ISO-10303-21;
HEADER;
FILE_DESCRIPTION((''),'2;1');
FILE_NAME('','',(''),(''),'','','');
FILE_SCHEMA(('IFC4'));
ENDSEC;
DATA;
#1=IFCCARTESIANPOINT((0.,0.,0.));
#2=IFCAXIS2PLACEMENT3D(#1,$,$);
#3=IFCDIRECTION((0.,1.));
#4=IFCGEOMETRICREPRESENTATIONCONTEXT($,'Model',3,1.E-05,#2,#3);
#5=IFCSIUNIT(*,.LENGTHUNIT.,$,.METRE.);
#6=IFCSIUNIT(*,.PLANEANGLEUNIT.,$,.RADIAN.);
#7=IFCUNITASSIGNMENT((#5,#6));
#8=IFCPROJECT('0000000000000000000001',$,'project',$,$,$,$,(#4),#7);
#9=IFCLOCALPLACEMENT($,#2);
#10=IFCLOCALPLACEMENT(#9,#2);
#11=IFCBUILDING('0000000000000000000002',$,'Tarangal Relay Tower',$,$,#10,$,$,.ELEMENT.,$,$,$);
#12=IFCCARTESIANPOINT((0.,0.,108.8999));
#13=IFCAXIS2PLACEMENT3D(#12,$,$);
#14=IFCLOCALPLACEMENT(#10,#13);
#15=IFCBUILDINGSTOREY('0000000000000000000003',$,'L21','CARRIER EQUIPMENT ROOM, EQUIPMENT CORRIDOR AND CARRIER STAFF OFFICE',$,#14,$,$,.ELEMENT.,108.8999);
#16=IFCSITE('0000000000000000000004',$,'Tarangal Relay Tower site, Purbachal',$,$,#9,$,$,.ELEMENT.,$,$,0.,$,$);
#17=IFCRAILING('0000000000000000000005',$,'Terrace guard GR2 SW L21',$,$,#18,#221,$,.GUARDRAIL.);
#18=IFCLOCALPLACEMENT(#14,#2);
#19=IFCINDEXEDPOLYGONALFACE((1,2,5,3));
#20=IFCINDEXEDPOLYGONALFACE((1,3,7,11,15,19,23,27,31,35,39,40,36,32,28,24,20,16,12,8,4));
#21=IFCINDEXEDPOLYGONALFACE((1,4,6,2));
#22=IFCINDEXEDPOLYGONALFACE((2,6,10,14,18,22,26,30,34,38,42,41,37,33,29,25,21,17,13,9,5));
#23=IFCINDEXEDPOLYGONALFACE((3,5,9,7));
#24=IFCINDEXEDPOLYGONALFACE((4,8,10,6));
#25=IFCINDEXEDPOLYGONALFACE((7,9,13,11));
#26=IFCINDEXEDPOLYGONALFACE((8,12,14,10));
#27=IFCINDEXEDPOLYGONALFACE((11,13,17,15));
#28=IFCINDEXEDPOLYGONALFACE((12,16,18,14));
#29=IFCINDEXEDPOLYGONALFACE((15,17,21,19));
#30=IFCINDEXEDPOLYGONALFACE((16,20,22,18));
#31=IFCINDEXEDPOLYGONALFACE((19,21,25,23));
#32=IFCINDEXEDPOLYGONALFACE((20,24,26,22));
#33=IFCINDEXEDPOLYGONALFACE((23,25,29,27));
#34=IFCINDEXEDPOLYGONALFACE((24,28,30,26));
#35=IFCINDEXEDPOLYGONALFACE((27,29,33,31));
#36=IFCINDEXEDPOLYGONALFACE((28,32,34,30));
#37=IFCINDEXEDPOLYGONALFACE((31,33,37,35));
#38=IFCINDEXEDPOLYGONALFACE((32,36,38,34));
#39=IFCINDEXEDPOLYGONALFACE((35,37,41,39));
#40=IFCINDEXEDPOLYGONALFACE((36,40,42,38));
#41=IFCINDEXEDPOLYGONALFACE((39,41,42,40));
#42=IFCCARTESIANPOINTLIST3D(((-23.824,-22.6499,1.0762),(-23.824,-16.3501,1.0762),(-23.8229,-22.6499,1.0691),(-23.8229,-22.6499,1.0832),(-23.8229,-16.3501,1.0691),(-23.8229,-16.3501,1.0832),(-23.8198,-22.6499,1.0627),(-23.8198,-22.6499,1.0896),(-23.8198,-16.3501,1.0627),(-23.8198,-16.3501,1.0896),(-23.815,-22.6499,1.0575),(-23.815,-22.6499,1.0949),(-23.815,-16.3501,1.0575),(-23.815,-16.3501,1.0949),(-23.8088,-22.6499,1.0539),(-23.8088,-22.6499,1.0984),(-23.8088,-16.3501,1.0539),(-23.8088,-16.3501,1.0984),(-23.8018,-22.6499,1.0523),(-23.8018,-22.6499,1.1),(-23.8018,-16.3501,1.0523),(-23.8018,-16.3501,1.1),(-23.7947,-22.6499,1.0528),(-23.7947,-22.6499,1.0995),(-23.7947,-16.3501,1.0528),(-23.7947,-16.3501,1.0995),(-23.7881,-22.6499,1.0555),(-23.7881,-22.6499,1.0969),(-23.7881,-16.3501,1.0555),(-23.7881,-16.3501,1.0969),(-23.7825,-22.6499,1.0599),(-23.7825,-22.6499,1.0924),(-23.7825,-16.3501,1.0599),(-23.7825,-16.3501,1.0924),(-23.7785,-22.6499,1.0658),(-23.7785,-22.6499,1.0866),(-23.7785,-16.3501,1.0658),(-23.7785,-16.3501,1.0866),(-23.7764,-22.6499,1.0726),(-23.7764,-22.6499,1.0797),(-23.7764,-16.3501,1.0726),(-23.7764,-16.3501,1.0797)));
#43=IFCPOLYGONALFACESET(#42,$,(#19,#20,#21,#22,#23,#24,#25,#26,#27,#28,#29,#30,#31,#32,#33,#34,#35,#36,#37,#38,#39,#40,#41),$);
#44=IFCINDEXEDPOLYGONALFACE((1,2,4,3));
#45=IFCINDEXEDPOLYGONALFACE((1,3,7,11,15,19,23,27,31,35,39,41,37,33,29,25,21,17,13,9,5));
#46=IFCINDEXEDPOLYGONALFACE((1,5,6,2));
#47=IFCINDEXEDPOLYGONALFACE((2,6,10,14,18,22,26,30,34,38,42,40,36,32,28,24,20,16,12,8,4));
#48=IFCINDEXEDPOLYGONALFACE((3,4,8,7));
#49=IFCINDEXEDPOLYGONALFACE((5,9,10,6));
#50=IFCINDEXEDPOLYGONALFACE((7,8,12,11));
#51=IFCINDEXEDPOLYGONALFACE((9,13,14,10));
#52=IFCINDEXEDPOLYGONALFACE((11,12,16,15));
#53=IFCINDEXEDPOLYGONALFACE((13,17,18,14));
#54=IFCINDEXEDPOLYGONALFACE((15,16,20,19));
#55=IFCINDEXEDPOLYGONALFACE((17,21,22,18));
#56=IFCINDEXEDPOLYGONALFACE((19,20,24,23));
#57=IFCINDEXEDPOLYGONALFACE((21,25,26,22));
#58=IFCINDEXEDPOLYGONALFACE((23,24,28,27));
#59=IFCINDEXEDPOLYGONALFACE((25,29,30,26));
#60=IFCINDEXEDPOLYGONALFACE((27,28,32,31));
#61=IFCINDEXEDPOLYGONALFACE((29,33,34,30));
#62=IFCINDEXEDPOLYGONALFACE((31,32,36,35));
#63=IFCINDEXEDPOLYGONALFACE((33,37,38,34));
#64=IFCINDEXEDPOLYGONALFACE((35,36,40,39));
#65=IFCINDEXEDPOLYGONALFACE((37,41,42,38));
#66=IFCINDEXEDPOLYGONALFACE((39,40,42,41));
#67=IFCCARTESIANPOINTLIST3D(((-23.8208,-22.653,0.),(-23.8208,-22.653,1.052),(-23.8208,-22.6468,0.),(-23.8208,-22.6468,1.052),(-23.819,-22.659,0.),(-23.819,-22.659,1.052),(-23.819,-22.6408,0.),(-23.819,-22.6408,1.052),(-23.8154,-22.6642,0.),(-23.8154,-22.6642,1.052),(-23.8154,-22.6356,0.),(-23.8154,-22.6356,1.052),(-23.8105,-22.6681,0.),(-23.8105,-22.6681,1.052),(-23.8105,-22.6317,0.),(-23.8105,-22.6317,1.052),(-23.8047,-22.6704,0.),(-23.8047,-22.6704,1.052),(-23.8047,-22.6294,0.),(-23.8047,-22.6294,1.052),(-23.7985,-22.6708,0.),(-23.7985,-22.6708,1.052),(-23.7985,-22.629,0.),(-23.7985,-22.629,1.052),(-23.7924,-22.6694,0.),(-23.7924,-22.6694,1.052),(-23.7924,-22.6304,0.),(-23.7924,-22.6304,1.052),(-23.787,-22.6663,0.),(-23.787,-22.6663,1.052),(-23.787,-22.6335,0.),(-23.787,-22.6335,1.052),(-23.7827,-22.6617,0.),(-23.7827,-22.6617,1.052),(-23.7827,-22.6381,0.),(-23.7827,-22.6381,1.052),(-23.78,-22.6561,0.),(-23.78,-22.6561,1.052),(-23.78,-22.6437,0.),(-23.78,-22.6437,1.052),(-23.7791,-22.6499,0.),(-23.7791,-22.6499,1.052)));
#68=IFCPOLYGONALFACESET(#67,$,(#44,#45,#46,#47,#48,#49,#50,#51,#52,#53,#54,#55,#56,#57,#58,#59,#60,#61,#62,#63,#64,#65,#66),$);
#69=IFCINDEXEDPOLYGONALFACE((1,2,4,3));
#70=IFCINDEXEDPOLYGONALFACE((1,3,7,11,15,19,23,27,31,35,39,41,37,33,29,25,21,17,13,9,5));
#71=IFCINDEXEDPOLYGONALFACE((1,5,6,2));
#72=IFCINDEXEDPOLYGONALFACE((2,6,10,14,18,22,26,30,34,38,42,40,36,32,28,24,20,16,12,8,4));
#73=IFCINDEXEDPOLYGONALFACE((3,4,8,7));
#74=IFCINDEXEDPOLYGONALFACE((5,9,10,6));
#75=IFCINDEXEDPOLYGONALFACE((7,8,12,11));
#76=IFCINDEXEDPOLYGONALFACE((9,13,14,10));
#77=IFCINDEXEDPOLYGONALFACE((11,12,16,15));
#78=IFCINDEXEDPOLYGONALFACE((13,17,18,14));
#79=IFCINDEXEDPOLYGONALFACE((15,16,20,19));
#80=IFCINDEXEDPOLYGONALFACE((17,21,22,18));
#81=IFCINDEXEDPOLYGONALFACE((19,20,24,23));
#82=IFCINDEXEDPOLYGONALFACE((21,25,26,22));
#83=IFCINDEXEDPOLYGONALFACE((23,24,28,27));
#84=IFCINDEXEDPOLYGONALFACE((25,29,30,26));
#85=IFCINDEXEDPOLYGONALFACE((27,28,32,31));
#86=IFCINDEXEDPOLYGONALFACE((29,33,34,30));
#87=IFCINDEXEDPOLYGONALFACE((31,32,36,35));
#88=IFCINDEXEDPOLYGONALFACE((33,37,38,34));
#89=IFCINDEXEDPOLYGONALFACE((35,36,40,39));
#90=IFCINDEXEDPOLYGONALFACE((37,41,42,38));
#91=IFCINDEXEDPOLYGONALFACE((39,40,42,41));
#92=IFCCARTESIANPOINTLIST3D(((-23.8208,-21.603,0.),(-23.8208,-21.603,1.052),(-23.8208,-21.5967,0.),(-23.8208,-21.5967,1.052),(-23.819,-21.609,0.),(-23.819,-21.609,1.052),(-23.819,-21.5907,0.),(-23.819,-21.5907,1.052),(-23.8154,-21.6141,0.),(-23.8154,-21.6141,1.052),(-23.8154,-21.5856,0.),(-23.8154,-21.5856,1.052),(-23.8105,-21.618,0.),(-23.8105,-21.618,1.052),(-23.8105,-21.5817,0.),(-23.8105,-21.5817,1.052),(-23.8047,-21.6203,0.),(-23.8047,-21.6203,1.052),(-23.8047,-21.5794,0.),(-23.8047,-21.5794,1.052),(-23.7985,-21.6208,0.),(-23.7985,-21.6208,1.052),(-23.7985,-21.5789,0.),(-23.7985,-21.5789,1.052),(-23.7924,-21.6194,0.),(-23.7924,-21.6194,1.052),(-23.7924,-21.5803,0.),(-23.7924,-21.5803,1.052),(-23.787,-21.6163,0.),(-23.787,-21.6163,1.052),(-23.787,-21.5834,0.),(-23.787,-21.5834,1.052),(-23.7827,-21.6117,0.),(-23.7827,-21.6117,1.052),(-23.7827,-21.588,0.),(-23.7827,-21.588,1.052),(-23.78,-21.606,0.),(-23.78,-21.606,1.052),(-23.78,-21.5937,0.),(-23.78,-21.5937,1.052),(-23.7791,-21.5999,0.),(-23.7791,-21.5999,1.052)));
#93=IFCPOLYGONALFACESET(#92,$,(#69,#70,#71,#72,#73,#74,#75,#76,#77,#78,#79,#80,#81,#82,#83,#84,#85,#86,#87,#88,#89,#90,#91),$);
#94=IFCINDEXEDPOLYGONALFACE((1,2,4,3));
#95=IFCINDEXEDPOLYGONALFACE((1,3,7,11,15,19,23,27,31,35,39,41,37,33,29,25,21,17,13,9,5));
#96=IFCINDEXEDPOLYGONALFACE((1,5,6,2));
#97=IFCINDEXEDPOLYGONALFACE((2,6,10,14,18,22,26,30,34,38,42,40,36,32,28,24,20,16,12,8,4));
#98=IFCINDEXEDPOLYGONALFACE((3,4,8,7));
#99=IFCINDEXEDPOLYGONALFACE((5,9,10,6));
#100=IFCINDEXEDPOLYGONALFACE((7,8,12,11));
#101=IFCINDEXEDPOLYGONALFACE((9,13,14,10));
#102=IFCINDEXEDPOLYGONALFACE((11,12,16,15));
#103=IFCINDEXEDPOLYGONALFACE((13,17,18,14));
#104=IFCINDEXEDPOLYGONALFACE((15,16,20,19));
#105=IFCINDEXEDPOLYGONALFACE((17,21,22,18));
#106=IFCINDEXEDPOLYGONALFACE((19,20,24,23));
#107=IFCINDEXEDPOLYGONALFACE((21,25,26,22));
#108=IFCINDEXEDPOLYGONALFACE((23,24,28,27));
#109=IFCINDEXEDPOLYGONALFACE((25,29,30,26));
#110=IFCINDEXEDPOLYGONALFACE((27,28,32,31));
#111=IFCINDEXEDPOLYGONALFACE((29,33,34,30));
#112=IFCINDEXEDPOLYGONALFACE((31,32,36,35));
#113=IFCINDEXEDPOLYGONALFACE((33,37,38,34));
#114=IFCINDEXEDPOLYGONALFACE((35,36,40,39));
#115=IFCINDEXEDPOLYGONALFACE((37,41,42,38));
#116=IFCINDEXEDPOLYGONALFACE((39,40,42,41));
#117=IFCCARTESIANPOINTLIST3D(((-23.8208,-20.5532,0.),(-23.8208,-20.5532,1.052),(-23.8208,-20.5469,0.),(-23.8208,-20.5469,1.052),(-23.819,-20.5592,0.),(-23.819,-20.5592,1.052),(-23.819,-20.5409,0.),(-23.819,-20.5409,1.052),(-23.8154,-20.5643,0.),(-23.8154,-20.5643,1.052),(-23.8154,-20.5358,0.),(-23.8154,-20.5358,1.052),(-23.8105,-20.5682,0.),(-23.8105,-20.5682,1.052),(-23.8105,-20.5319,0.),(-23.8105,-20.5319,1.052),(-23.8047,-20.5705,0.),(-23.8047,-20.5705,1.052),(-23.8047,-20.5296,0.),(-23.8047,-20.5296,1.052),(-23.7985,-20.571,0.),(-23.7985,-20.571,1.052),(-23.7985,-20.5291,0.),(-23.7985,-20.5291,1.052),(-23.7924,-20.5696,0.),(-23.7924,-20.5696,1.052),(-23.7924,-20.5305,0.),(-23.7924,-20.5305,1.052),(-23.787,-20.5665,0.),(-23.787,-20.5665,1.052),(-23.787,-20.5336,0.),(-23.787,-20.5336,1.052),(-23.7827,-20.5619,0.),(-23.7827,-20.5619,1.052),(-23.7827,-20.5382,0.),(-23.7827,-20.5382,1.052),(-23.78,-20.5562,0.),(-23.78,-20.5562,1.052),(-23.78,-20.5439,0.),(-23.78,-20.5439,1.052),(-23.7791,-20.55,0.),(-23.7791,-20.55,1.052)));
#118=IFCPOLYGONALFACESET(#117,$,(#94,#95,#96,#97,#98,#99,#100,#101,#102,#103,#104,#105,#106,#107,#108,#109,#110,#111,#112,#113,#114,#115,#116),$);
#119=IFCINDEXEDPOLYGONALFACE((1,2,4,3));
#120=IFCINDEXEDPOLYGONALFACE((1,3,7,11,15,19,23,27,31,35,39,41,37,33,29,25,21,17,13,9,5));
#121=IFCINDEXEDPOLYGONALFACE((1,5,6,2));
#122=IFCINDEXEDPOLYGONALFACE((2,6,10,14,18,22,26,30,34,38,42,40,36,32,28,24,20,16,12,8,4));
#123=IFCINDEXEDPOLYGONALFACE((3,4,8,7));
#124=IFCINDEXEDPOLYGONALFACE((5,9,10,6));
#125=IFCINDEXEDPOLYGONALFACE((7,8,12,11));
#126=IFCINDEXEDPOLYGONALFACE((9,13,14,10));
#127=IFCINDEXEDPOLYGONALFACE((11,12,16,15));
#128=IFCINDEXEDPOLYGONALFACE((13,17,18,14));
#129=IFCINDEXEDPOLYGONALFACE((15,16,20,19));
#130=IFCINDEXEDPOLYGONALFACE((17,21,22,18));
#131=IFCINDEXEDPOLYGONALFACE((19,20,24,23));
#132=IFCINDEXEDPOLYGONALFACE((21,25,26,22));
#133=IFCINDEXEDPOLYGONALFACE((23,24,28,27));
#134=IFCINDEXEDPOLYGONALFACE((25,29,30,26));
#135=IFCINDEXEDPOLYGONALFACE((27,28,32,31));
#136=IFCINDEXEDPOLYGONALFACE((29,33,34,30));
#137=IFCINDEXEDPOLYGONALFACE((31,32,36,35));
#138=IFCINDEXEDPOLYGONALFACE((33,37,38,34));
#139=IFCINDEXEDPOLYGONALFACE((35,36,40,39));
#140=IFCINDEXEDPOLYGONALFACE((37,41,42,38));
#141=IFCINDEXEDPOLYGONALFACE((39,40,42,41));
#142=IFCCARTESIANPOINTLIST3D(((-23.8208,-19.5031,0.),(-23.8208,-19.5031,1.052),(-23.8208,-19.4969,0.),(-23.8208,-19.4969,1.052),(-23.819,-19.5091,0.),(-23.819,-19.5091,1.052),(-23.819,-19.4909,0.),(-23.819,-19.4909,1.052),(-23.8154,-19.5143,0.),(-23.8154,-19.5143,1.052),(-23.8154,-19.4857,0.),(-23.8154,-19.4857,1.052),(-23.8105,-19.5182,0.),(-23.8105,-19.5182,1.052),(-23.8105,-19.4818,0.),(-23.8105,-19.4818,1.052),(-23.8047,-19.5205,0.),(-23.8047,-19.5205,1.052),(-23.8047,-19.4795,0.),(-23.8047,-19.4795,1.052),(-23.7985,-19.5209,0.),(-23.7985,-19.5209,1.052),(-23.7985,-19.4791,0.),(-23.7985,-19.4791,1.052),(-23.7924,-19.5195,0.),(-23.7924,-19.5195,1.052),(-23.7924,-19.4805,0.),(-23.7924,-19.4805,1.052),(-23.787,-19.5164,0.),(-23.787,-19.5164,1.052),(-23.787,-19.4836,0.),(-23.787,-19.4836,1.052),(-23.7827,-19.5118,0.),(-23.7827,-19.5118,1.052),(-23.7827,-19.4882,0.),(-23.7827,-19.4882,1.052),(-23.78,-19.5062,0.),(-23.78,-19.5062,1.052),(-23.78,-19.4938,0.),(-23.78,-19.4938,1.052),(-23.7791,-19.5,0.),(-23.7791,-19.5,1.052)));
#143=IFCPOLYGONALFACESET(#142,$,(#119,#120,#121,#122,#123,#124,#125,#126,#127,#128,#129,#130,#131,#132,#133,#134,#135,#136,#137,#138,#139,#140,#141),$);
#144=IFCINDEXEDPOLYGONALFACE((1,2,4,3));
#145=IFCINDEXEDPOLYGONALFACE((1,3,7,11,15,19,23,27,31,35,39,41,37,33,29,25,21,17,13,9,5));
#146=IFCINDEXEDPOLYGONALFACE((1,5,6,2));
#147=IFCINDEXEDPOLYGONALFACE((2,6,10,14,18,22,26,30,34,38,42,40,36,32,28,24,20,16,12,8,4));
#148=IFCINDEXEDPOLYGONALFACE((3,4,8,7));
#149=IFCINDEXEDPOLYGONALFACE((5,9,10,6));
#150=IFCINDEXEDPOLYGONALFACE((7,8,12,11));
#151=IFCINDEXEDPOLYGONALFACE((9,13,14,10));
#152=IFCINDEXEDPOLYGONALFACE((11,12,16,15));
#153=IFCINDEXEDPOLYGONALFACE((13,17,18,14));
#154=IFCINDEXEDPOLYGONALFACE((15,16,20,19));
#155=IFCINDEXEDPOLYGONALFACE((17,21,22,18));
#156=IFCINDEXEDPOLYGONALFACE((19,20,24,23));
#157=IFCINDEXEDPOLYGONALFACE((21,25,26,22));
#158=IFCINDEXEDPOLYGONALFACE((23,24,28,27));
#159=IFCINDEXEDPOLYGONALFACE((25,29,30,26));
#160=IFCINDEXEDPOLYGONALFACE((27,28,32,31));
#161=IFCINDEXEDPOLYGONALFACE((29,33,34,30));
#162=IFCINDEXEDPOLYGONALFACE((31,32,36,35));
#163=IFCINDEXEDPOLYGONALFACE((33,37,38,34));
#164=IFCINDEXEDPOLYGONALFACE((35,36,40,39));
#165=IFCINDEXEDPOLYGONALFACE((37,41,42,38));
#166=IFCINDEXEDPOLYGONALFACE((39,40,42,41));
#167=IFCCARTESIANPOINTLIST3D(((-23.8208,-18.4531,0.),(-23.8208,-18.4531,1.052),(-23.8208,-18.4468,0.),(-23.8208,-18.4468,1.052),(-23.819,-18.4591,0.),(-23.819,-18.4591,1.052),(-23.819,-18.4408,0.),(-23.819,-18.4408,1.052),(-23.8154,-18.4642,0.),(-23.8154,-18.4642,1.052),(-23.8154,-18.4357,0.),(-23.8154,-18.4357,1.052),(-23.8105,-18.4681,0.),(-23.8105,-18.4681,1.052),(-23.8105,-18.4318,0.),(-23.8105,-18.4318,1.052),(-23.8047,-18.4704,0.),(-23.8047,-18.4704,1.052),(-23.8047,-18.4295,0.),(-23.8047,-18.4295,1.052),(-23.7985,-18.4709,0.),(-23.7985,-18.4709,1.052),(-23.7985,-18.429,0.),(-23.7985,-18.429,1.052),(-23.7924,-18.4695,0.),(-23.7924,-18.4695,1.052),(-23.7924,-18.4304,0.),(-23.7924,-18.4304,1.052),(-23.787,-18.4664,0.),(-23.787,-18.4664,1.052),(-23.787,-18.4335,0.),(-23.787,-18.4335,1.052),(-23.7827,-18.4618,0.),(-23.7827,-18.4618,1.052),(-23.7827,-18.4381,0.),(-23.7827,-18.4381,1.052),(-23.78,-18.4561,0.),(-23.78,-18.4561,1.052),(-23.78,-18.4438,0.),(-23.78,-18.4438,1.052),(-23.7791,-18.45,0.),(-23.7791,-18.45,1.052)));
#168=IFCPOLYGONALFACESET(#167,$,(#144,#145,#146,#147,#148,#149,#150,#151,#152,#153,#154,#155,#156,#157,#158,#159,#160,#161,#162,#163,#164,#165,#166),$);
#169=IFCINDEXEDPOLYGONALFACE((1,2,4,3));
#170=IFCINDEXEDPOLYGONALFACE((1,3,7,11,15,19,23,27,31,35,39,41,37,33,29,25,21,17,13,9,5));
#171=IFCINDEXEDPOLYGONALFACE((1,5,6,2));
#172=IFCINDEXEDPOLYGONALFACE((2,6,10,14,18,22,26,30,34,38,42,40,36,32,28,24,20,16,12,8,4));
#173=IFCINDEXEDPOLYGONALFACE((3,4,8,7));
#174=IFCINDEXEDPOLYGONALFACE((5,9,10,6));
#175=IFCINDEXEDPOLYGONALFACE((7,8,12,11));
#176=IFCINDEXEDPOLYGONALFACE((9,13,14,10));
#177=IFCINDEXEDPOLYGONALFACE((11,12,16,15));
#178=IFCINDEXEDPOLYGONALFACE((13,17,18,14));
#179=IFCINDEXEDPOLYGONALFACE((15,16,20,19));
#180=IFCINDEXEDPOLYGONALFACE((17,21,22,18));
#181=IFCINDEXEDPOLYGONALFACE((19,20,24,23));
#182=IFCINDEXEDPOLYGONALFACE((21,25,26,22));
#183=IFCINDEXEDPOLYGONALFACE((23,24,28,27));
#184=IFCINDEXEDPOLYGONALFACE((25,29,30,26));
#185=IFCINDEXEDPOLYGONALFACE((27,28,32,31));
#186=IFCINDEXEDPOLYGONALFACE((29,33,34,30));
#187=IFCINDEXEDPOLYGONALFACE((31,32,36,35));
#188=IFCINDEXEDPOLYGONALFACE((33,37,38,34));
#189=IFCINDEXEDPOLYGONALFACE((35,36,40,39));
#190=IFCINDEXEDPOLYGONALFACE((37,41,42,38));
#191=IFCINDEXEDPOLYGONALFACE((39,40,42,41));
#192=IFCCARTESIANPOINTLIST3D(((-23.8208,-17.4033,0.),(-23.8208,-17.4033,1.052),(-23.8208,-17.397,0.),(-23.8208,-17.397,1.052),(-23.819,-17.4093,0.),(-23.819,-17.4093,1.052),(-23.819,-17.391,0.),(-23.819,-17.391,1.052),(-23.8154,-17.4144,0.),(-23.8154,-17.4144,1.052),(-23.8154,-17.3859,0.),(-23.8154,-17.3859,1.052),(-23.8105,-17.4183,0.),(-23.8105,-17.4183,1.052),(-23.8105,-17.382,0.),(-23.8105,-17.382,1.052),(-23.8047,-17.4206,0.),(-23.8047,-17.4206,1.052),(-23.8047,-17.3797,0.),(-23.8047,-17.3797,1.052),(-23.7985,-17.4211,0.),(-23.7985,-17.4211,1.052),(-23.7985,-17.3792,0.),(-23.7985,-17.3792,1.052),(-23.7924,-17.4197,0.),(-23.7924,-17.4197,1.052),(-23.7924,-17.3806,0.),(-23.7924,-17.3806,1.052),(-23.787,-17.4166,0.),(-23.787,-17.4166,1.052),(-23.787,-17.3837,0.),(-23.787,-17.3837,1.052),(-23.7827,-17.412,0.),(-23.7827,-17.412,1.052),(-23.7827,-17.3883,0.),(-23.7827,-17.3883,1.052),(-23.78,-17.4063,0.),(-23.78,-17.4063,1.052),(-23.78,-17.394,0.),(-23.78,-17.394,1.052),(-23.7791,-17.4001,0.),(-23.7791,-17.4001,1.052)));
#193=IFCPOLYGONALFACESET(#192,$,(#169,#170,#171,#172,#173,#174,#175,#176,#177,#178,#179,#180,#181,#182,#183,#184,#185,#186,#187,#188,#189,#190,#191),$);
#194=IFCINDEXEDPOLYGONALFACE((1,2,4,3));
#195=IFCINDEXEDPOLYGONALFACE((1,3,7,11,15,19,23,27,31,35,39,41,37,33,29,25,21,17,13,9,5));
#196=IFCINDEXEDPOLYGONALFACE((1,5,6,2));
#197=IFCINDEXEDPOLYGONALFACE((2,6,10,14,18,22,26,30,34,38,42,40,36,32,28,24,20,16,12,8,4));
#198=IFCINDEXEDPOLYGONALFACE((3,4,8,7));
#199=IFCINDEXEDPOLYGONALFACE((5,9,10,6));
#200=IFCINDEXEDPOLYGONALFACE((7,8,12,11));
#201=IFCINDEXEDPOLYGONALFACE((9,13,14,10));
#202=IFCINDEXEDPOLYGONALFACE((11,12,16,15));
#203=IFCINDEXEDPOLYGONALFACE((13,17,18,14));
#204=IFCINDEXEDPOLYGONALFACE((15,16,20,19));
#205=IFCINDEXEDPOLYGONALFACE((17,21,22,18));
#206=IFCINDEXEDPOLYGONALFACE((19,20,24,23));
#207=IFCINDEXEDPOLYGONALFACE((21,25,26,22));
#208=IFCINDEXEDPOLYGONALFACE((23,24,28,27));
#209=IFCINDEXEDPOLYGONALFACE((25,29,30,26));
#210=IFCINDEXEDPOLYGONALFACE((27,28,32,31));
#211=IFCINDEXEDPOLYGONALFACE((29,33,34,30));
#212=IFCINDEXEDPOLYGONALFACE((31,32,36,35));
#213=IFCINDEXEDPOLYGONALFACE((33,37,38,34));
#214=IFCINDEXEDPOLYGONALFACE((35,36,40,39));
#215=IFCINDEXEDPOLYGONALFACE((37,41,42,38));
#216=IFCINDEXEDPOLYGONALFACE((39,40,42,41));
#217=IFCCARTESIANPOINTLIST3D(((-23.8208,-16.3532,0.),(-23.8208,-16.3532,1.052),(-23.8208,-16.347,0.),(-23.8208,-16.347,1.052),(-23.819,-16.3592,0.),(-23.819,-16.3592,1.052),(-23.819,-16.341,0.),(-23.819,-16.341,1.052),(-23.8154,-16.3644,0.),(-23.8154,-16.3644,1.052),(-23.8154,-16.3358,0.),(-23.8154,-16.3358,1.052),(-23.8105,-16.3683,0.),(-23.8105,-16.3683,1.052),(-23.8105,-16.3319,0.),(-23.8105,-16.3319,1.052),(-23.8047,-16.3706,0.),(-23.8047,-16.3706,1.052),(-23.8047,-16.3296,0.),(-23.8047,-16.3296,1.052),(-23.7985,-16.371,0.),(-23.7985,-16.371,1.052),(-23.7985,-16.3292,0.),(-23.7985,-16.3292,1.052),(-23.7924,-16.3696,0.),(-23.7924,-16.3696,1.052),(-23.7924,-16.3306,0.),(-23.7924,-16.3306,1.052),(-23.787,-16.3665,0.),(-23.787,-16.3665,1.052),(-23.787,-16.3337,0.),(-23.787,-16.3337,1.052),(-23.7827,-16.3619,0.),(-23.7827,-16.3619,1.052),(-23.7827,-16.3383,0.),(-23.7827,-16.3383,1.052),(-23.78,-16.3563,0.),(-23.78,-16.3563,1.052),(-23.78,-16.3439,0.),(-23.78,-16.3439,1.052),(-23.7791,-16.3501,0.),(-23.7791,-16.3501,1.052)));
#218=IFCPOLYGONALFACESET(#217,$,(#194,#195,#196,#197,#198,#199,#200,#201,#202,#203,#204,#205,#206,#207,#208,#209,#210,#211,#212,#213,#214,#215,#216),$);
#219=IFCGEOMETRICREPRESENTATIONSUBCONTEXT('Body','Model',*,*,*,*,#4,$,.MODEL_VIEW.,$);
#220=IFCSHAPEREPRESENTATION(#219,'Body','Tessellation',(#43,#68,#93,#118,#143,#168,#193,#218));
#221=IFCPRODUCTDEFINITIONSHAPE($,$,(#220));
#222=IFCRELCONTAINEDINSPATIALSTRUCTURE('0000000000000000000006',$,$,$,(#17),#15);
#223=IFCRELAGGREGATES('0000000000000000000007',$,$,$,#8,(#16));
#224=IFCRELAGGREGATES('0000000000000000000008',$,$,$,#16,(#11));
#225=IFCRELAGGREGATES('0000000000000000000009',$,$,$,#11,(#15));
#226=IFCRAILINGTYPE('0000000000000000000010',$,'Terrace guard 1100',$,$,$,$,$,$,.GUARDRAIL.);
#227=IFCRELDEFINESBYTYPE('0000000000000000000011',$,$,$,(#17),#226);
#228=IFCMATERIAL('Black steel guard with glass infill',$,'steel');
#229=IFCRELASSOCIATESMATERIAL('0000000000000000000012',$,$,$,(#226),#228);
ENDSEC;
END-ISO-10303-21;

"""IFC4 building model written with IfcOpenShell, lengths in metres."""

from ifc_helpers import new_model, si_unit, direction, frame, origin, origin_2d, place, context, subcontext, project, spatial, circle, extrude, material, type_object, element, save


model = new_model("IFC4")

# Units and contexts
model_context = context("Model", 3, precision=1e-05, world=origin(), true_north=direction((0.0, 1.0)))
body_context = subcontext(model_context, "Body", "Model", "MODEL_VIEW")
ifc_project = project(units=[si_unit("LENGTHUNIT", "METRE"), si_unit("PLANEANGLEUNIT", "RADIAN")], contexts=[model_context])

# Site, building, storey
site_placement = place(None, origin())
site = spatial("IfcSite", under=ifc_project, at=site_placement, Name="Tarangal Relay Tower site, Purbachal", CompositionType="ELEMENT", RefElevation=0.0)
building_placement = place(site_placement, origin())
building = spatial("IfcBuilding", under=site, at=building_placement, Name="Tarangal Relay Tower", CompositionType="ELEMENT")
storey_placement = place(building_placement, frame((0.0, 0.0, 108.8999)))
storey = spatial("IfcBuildingStorey", under=building, at=storey_placement, Name="L21", Description="CARRIER EQUIPMENT ROOM, EQUIPMENT CORRIDOR AND CARRIER STAFF OFFICE", CompositionType="ELEMENT", Elevation=108.8999)

# Railing
ifc_material_1 = material(Name="Black steel guard with glass infill", Category="steel")
railing_type = type_object("IfcRailingType", Name="Terrace guard 1100", PredefinedType="GUARDRAIL", material=ifc_material_1)
railing_placement = place(storey_placement, frame((-23.8, -22.6499, 0.0)))
element("IfcRailing", 1, at=railing_placement, inside=storey, type_object=railing_type, Name="Terrace guard GR2 SW L21", PredefinedType="GUARDRAIL", context=body_context, shape_type="SweptSolid", body=[
    extrude(circle(Radius=0.0239, at=origin_2d()), frame((0.0, 0.0, 1.0762), z_axis=(0.0, 1.0, 0.0), x_axis=(-1.0, 0.0, 0.0)), (0.0, 0.0, 1.0), 6.2998),
    extrude(circle(Radius=0.021, at=origin_2d()), origin(), (0.0, 0.0, 1.0), 1.052),
    extrude(circle(Radius=0.021, at=origin_2d()), frame((0.0, 1.05, 0.0)), (0.0, 0.0, 1.0), 1.052),
    extrude(circle(Radius=0.021, at=origin_2d()), frame((0.0, 2.0999, 0.0)), (0.0, 0.0, 1.0), 1.052),
    extrude(circle(Radius=0.021, at=origin_2d()), frame((0.0, 3.1499, 0.0)), (0.0, 0.0, 1.0), 1.052),
    extrude(circle(Radius=0.021, at=origin_2d()), frame((0.0, 4.2, 0.0)), (0.0, 0.0, 1.0), 1.052),
    extrude(circle(Radius=0.021, at=origin_2d()), frame((0.0, 5.2498, 0.0)), (0.0, 0.0, 1.0), 1.052),
    extrude(circle(Radius=0.021, at=origin_2d()), frame((0.0, 6.2998, 0.0)), (0.0, 0.0, 1.0), 1.052),
])

save(model, "model.ifc")
